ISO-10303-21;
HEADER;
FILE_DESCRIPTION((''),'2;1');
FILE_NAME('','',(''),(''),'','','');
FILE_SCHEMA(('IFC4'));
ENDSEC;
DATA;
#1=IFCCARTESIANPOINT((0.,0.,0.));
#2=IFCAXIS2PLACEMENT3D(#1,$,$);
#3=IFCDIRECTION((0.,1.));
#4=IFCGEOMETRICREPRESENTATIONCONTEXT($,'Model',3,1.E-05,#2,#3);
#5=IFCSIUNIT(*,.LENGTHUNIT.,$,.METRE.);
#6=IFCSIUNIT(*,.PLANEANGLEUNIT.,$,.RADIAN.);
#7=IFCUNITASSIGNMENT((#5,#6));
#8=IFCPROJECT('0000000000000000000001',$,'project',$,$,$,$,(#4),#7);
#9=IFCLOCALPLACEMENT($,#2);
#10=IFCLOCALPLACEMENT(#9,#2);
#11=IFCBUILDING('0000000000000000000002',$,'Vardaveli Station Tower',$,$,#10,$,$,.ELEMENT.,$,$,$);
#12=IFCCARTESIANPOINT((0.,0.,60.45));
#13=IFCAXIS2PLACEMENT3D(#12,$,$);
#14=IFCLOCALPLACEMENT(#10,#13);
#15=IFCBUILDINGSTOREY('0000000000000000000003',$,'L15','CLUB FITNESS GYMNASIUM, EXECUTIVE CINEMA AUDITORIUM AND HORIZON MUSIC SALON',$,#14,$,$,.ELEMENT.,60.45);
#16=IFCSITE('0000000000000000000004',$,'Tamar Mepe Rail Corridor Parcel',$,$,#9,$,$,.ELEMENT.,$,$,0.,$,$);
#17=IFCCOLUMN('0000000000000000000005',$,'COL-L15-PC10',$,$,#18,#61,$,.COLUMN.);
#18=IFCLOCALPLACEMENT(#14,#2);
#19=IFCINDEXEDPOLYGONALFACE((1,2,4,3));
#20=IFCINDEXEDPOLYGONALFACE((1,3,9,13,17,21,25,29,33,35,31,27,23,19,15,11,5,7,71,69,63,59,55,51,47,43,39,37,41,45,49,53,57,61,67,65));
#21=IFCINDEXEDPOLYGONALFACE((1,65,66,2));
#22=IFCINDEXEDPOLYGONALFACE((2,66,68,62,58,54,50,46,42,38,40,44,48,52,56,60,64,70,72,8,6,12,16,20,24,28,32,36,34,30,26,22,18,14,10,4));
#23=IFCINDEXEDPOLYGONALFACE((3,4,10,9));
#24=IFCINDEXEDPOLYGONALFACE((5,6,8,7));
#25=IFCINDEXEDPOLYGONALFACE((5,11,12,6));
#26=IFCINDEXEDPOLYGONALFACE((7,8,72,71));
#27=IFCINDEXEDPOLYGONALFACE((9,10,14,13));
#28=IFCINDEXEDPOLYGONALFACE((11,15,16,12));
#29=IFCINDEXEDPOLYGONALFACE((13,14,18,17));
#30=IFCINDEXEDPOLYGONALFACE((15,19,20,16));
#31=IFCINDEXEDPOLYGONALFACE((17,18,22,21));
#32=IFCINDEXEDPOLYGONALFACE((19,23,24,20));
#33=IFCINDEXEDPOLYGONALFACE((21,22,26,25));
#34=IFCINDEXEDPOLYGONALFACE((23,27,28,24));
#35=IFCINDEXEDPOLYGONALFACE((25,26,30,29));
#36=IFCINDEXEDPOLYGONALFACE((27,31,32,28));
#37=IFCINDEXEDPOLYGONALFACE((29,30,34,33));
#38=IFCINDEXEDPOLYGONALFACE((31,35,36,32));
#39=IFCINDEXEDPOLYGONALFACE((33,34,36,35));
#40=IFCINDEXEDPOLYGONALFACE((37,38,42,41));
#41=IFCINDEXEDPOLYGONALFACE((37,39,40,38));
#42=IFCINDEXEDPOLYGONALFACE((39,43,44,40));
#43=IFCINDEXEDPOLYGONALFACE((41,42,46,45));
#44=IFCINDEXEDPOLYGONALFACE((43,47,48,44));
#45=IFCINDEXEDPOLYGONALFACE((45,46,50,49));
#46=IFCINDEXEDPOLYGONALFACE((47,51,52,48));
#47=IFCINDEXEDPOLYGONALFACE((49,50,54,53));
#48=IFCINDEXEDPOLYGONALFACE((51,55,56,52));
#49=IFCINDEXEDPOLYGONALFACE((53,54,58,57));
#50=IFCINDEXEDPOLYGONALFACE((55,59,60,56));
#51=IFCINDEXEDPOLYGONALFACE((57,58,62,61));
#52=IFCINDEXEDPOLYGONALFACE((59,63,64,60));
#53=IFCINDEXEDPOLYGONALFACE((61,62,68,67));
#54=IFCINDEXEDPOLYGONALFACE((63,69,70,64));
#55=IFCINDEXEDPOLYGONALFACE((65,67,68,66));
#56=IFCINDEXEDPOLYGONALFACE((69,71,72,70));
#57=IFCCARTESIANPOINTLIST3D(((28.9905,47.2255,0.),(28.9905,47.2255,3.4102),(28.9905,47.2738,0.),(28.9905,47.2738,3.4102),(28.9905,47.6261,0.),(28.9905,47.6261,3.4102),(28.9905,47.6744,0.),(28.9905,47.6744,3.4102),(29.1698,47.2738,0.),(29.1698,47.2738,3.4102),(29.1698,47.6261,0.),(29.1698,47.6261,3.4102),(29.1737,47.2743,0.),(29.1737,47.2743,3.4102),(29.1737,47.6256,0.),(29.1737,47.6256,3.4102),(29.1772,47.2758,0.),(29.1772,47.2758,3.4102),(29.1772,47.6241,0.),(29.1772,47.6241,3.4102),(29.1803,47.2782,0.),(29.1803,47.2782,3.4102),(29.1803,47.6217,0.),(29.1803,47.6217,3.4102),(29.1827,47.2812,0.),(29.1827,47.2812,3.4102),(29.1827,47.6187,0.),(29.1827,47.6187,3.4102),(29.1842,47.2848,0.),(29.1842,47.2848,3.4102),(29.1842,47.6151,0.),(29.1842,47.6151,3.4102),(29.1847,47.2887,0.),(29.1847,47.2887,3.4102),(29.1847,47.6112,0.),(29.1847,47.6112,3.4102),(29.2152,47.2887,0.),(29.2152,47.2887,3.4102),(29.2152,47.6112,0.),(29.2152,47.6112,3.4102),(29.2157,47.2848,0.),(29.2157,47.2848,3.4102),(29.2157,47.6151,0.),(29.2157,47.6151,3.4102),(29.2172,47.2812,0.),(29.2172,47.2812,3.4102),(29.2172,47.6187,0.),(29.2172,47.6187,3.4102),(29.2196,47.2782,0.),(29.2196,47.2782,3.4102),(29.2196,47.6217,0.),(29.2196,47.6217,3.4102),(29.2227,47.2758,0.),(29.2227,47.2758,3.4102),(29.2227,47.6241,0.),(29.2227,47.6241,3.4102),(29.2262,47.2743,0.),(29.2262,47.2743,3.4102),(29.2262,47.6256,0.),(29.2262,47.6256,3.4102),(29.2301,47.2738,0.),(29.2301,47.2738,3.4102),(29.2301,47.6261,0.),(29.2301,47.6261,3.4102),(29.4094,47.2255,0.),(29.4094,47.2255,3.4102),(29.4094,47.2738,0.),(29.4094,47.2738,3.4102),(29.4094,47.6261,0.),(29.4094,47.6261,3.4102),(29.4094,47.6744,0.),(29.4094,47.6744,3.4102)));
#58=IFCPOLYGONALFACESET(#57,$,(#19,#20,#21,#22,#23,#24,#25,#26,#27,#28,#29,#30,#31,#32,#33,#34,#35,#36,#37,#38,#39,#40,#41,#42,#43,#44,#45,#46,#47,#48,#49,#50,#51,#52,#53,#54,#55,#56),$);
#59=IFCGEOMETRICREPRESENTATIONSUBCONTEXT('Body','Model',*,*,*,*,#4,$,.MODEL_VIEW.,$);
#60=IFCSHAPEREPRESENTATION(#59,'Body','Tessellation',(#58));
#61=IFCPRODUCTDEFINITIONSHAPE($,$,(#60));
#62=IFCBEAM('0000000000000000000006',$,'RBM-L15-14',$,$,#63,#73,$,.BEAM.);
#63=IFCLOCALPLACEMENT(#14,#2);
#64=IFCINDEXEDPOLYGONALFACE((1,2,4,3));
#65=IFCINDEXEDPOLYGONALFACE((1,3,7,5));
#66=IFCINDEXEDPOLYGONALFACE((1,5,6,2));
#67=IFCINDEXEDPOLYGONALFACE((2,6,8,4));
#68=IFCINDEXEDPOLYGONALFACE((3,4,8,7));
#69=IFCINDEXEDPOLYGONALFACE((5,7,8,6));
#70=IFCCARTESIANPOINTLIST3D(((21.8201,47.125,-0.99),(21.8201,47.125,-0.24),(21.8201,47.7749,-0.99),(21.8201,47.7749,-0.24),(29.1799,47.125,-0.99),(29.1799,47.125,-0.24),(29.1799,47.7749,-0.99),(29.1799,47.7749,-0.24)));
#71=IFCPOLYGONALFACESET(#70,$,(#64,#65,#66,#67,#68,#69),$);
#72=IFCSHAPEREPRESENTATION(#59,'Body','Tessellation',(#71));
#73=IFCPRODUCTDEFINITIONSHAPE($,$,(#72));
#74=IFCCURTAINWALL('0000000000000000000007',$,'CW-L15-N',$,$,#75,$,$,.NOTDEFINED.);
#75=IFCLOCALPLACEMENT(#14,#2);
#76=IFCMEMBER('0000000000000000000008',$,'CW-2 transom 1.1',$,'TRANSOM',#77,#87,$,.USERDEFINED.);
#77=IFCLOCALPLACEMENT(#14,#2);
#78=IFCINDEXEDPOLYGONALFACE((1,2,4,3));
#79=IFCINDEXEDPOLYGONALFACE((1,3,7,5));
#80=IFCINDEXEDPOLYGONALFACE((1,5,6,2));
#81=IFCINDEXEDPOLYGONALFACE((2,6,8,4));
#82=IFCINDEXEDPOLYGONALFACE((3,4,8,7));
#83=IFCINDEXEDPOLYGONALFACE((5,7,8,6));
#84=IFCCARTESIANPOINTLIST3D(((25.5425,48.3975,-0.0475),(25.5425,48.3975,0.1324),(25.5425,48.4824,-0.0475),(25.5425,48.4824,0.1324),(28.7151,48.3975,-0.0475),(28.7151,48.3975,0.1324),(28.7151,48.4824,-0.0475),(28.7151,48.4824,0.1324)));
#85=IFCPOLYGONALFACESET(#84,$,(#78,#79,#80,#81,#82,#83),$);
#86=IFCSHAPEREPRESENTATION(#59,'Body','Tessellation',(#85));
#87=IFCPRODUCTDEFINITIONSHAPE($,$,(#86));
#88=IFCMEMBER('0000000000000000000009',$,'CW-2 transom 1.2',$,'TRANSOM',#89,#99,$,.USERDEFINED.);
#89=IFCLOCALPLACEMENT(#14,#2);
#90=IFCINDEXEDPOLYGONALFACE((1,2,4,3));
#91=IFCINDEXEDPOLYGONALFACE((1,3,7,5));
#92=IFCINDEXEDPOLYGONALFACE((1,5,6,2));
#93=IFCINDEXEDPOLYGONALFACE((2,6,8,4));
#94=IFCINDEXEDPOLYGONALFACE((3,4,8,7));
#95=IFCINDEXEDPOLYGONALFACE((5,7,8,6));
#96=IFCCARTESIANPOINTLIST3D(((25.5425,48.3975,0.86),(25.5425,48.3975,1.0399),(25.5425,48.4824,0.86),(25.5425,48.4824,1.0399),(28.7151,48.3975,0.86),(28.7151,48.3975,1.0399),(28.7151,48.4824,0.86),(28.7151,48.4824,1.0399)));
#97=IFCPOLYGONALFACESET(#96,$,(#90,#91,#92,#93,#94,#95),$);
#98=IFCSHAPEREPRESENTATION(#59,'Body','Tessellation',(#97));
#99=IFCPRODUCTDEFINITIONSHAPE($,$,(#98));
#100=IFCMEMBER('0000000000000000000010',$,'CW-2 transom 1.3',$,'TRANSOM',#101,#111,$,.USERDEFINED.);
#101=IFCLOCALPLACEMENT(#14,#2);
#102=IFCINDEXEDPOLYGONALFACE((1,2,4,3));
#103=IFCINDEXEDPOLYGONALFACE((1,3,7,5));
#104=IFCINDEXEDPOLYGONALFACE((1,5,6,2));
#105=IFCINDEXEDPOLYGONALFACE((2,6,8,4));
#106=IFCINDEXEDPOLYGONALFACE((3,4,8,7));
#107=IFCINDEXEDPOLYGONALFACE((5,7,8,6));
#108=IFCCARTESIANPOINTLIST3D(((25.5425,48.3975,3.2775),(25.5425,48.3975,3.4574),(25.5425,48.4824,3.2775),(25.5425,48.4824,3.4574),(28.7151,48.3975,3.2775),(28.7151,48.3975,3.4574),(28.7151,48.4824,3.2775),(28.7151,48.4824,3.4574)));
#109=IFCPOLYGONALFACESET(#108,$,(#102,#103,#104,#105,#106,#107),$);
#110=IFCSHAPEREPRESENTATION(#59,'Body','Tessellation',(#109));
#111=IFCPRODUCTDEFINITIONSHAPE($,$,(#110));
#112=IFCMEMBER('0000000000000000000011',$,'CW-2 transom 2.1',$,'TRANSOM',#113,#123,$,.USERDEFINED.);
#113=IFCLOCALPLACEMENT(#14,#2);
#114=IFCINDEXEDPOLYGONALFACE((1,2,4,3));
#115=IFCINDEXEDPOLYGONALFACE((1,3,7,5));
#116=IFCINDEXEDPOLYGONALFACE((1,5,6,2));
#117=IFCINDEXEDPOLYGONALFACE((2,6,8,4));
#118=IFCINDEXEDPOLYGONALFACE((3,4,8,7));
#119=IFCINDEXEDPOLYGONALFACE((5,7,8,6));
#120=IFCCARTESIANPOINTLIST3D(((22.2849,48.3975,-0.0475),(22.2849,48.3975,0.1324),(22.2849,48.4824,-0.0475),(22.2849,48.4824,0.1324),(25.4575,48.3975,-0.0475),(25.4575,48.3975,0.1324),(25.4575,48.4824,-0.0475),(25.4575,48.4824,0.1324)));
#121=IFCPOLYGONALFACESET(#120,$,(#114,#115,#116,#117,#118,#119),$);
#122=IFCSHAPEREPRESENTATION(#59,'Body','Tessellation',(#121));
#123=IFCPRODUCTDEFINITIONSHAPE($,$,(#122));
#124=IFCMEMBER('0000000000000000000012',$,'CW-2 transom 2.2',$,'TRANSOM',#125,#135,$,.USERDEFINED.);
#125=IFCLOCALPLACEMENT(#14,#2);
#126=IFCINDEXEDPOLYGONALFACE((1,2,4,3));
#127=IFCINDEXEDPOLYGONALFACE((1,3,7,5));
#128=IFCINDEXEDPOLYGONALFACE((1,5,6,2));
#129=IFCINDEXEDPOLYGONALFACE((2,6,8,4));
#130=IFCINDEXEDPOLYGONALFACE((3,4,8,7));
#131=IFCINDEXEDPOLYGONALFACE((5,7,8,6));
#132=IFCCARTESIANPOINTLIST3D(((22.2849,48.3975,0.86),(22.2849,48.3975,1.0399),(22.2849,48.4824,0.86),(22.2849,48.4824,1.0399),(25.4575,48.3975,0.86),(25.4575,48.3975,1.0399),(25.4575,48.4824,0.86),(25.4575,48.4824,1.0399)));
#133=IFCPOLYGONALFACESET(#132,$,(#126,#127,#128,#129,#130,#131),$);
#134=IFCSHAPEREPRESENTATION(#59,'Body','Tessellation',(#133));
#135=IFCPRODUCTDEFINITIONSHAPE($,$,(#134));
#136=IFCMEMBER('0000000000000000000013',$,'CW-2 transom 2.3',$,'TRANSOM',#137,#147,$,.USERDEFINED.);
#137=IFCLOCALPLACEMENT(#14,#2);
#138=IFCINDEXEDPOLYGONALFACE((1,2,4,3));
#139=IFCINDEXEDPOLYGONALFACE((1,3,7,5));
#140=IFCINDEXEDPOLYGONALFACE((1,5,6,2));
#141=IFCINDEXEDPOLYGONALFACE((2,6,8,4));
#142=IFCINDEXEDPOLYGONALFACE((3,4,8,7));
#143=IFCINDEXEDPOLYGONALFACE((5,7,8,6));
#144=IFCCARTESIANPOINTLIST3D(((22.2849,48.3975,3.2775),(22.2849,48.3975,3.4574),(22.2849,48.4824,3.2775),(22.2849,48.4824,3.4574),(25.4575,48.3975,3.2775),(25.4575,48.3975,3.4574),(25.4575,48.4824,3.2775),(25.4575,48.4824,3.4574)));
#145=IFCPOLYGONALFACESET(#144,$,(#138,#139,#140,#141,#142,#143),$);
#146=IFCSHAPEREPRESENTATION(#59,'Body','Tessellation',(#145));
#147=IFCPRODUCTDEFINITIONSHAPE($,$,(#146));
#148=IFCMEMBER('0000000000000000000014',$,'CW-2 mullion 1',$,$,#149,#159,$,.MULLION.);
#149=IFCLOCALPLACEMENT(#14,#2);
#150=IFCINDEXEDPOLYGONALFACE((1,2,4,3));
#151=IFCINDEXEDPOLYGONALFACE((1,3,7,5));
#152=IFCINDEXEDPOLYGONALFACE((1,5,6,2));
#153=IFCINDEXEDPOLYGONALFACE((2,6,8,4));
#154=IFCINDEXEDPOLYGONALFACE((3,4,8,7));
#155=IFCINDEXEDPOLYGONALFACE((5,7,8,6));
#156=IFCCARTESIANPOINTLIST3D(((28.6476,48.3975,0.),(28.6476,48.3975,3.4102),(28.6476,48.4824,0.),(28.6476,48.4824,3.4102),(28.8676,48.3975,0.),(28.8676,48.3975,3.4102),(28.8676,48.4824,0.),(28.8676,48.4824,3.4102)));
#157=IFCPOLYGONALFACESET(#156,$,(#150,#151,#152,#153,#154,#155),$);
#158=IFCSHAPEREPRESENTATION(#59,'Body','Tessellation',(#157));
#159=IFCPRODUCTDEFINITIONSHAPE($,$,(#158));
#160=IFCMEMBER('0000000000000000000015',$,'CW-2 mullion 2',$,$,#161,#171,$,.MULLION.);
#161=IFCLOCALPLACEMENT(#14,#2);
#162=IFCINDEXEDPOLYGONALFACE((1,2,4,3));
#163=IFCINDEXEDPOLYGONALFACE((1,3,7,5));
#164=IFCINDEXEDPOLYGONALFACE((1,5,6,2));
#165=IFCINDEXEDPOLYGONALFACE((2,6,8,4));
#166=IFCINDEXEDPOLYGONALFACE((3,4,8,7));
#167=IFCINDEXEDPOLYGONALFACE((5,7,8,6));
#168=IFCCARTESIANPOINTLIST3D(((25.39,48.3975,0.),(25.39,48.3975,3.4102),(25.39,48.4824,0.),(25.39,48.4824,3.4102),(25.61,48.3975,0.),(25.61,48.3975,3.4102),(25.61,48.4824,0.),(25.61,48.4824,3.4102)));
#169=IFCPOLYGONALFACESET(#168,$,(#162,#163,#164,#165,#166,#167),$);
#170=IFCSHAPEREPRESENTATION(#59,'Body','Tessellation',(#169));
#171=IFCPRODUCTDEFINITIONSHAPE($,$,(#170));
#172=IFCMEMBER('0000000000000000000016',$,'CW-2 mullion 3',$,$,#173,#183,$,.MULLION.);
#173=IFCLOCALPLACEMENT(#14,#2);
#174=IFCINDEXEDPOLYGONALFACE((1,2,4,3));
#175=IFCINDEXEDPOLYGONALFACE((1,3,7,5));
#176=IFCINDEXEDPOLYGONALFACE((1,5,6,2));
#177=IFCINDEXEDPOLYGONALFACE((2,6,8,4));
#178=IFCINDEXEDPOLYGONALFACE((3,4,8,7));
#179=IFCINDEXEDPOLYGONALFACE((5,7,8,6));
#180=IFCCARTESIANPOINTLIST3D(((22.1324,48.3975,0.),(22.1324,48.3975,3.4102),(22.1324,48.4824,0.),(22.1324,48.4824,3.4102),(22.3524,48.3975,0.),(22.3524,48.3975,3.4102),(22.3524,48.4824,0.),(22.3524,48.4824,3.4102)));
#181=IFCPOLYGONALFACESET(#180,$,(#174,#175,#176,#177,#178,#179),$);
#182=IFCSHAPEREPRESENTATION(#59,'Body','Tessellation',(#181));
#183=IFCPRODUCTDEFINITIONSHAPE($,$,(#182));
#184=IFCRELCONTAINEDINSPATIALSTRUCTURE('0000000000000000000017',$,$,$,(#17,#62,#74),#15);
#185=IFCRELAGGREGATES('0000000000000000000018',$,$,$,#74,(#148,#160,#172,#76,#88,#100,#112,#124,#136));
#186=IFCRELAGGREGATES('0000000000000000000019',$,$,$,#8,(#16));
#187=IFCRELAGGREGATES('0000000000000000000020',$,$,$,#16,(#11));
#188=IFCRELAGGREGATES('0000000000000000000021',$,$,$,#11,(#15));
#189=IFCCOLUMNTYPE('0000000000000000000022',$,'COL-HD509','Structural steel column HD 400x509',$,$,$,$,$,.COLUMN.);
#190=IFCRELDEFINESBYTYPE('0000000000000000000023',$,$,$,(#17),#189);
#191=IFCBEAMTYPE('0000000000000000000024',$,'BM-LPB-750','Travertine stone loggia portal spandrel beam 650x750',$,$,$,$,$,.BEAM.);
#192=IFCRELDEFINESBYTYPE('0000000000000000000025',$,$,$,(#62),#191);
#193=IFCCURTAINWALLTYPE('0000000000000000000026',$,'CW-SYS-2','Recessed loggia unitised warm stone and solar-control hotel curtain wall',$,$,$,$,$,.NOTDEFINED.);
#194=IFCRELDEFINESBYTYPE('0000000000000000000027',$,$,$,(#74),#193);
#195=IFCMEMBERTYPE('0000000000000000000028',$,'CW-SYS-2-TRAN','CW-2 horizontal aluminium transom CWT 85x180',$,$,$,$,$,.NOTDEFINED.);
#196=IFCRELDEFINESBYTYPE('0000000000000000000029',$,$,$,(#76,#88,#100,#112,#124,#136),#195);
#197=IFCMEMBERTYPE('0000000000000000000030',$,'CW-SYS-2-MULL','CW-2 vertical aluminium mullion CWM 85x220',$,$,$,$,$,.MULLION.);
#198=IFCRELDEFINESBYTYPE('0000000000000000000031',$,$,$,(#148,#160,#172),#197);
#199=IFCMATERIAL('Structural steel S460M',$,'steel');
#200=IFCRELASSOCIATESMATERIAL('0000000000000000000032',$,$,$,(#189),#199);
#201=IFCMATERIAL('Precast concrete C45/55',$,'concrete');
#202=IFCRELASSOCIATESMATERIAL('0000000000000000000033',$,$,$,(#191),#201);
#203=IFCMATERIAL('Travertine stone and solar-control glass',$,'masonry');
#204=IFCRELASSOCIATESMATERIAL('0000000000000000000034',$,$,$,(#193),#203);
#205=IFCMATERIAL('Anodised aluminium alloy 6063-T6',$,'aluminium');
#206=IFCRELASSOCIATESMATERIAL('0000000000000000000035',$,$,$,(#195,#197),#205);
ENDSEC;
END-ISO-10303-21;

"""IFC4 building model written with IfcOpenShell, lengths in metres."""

from ifc_helpers import new_model, si_unit, direction, frame, origin, origin_2d, place, context, subcontext, project, spatial, rectangle, i_section, extrude, source, transform, mapped, material, material_profile, profile_set, type_object, element, aggregate, save


model = new_model("IFC4")

# Units and contexts
model_context = context("Model", 3, precision=1e-05, world=origin(), true_north=direction((0.0, 1.0)))
body_context = subcontext(model_context, "Body", "Model", "MODEL_VIEW")
ifc_project = project(units=[si_unit("LENGTHUNIT", "METRE"), si_unit("PLANEANGLEUNIT", "RADIAN")], contexts=[model_context])

# Site, building, storey
site_placement = place(None, origin())
site = spatial("IfcSite", under=ifc_project, at=site_placement, Name="Tamar Mepe Rail Corridor Parcel", CompositionType="ELEMENT", RefElevation=0.0)
building_placement = place(site_placement, origin())
building = spatial("IfcBuilding", under=site, at=building_placement, Name="Vardaveli Station Tower", CompositionType="ELEMENT")
storey_placement = place(building_placement, frame((0.0, 0.0, 60.45)))
storey = spatial("IfcBuildingStorey", under=building, at=storey_placement, Name="L15", Description="CLUB FITNESS GYMNASIUM, EXECUTIVE CINEMA AUDITORIUM AND HORIZON MUSIC SALON", CompositionType="ELEMENT", Elevation=60.45)

# Column
ifc_material_1 = material(Name="Structural steel S460M", Category="steel")
ifc_material_profile_1 = material_profile(ifc_material_1, i_section(OverallWidth=0.4189, OverallDepth=0.449, WebThickness=0.0305, FlangeThickness=0.0483, FilletRadius=0.0149, at=origin_2d()), Name="HD 400x509")
ifc_profile_set_1 = profile_set([ifc_material_profile_1], Name="Structural steel S460M")
column_type = type_object("IfcColumnType", Name="COL-HD509", Description="Structural steel column HD 400x509", PredefinedType="COLUMN", material=ifc_profile_set_1)
shared_shape_1 = source(origin(), body_context, "Body", "SweptSolid", [
    extrude(i_section(OverallWidth=0.4189, OverallDepth=0.449, WebThickness=0.0305, FlangeThickness=0.0483, FilletRadius=0.0149, at=origin_2d()), origin(), (0.0, 0.0, 1.0), 3.4102),
])
column_placement = place(storey_placement, frame((29.2, 47.45, 0.0), z_axis=(0.0, 0.0, 1.0), x_axis=(1.0, 0.0, 0.0)))
element("IfcColumn", 1, at=column_placement, inside=storey, type_object=column_type, Name="COL-L15-PC10", PredefinedType="COLUMN", context=body_context, shape_type="MappedRepresentation", body=[
    mapped(shared_shape_1, transform((0.0, 0.0, 0.0), scale=1.0)),
])

# Beam
ifc_material_2 = material(Name="Precast concrete C45/55", Category="concrete")
ifc_material_profile_2 = material_profile(ifc_material_2, rectangle(XDim=0.6499, YDim=0.75, at=origin_2d()), Name="LPB 650x750")
ifc_profile_set_2 = profile_set([ifc_material_profile_2], Name="Precast concrete C45/55")
beam_type = type_object("IfcBeamType", Name="BM-LPB-750", Description="Travertine stone loggia portal spandrel beam 650x750", PredefinedType="BEAM", material=ifc_profile_set_2)
shared_shape_2 = source(origin(), body_context, "Body", "SweptSolid", [
    extrude(rectangle(XDim=0.6499, YDim=0.75, at=origin_2d()), origin(), (0.0, 0.0, 1.0), 7.3599),
])
beam_placement = place(storey_placement, frame((29.1799, 47.45, -0.615), z_axis=(-1.0, 0.0, 0.0), x_axis=(0.0, -1.0, 0.0)))
element("IfcBeam", 2, at=beam_placement, inside=storey, type_object=beam_type, Name="RBM-L15-14", PredefinedType="BEAM", context=body_context, shape_type="MappedRepresentation", body=[
    mapped(shared_shape_2, transform((0.0, 0.0, 0.0), scale=1.0)),
])

# Curtain wall, members
ifc_material_3 = material(Name="Travertine stone and solar-control glass", Category="masonry")
curtain_wall_type = type_object("IfcCurtainWallType", Name="CW-SYS-2", Description="Recessed loggia unitised warm stone and solar-control hotel curtain wall", PredefinedType="NOTDEFINED", material=ifc_material_3)
curtain_wall_placement = place(storey_placement, origin())
curtain_wall = element("IfcCurtainWall", 3, at=curtain_wall_placement, inside=storey, type_object=curtain_wall_type, Name="CW-L15-N", PredefinedType="NOTDEFINED")
ifc_material_4 = material(Name="Anodised aluminium alloy 6063-T6", Category="aluminium")
ifc_material_profile_3 = material_profile(ifc_material_4, rectangle(XDim=0.085, YDim=0.1799, at=origin_2d()), Name="CWT 85x180")
ifc_profile_set_3 = profile_set([ifc_material_profile_3], Name="Anodised aluminium alloy 6063-T6")
member_type_1 = type_object("IfcMemberType", Name="CW-SYS-2-TRAN", Description="CW-2 horizontal aluminium transom CWT 85x180", PredefinedType="NOTDEFINED", material=ifc_profile_set_3)
shared_shape_3 = source(origin(), body_context, "Body", "SweptSolid", [
    extrude(rectangle(XDim=0.085, YDim=0.1799, at=origin_2d()), origin(), (0.0, 0.0, 1.0), 3.1726),
])
member_1_placement = place(storey_placement, frame((28.7151, 48.4399, 0.0425), z_axis=(-1.0, 0.0, 0.0), x_axis=(0.0, -1.0, 0.0)))
member_1 = element("IfcMember", 4, at=member_1_placement, type_object=member_type_1, Name="CW-2 transom 1.1", ObjectType="TRANSOM", PredefinedType="USERDEFINED", context=body_context, shape_type="MappedRepresentation", body=[
    mapped(shared_shape_3, transform((0.0, 0.0, 0.0), scale=1.0)),
])
member_2_placement = place(storey_placement, frame((28.7151, 48.4399, 0.95), z_axis=(-1.0, 0.0, 0.0), x_axis=(0.0, -1.0, 0.0)))
member_2 = element("IfcMember", 5, at=member_2_placement, type_object=member_type_1, Name="CW-2 transom 1.2", ObjectType="TRANSOM", PredefinedType="USERDEFINED", context=body_context, shape_type="MappedRepresentation", body=[
    mapped(shared_shape_3, transform((0.0, 0.0, 0.0), scale=1.0)),
])
member_3_placement = place(storey_placement, frame((28.7151, 48.4399, 3.3674), z_axis=(-1.0, 0.0, 0.0), x_axis=(0.0, -1.0, 0.0)))
member_3 = element("IfcMember", 6, at=member_3_placement, type_object=member_type_1, Name="CW-2 transom 1.3", ObjectType="TRANSOM", PredefinedType="USERDEFINED", context=body_context, shape_type="MappedRepresentation", body=[
    mapped(shared_shape_3, transform((0.0, 0.0, 0.0), scale=1.0)),
])
member_4_placement = place(storey_placement, frame((25.4575, 48.4399, 0.0425), z_axis=(-1.0, 0.0, 0.0), x_axis=(0.0, -1.0, 0.0)))
member_4 = element("IfcMember", 7, at=member_4_placement, type_object=member_type_1, Name="CW-2 transom 2.1", ObjectType="TRANSOM", PredefinedType="USERDEFINED", context=body_context, shape_type="MappedRepresentation", body=[
    mapped(shared_shape_3, transform((0.0, 0.0, 0.0), scale=1.0)),
])
member_5_placement = place(storey_placement, frame((25.4575, 48.4399, 0.95), z_axis=(-1.0, 0.0, 0.0), x_axis=(0.0, -1.0, 0.0)))
member_5 = element("IfcMember", 8, at=member_5_placement, type_object=member_type_1, Name="CW-2 transom 2.2", ObjectType="TRANSOM", PredefinedType="USERDEFINED", context=body_context, shape_type="MappedRepresentation", body=[
    mapped(shared_shape_3, transform((0.0, 0.0, 0.0), scale=1.0)),
])
member_6_placement = place(storey_placement, frame((25.4575, 48.4399, 3.3674), z_axis=(-1.0, 0.0, 0.0), x_axis=(0.0, -1.0, 0.0)))
member_6 = element("IfcMember", 9, at=member_6_placement, type_object=member_type_1, Name="CW-2 transom 2.3", ObjectType="TRANSOM", PredefinedType="USERDEFINED", context=body_context, shape_type="MappedRepresentation", body=[
    mapped(shared_shape_3, transform((0.0, 0.0, 0.0), scale=1.0)),
])
ifc_material_profile_4 = material_profile(ifc_material_4, rectangle(XDim=0.085, YDim=0.22, at=origin_2d()), Name="CWM 85x220")
ifc_profile_set_4 = profile_set([ifc_material_profile_4], Name="Anodised aluminium alloy 6063-T6")
member_type_2 = type_object("IfcMemberType", Name="CW-SYS-2-MULL", Description="CW-2 vertical aluminium mullion CWM 85x220", PredefinedType="MULLION", material=ifc_profile_set_4)
shared_shape_4 = source(origin(), body_context, "Body", "SweptSolid", [
    extrude(rectangle(XDim=0.085, YDim=0.22, at=origin_2d()), origin(), (0.0, 0.0, 1.0), 3.4102),
])
member_7_placement = place(storey_placement, frame((28.7576, 48.4399, 0.0), z_axis=(0.0, 0.0, 1.0), x_axis=(0.0, -1.0, 0.0)))
member_7 = element("IfcMember", 10, at=member_7_placement, type_object=member_type_2, Name="CW-2 mullion 1", PredefinedType="MULLION", context=body_context, shape_type="MappedRepresentation", body=[
    mapped(shared_shape_4, transform((0.0, 0.0, 0.0), scale=1.0)),
])
member_8_placement = place(storey_placement, frame((25.5, 48.4399, 0.0), z_axis=(0.0, 0.0, 1.0), x_axis=(0.0, -1.0, 0.0)))
member_8 = element("IfcMember", 11, at=member_8_placement, type_object=member_type_2, Name="CW-2 mullion 2", PredefinedType="MULLION", context=body_context, shape_type="MappedRepresentation", body=[
    mapped(shared_shape_4, transform((0.0, 0.0, 0.0), scale=1.0)),
])
member_9_placement = place(storey_placement, frame((22.2424, 48.4399, 0.0), z_axis=(0.0, 0.0, 1.0), x_axis=(0.0, -1.0, 0.0)))
member_9 = element("IfcMember", 12, at=member_9_placement, type_object=member_type_2, Name="CW-2 mullion 3", PredefinedType="MULLION", context=body_context, shape_type="MappedRepresentation", body=[
    mapped(shared_shape_4, transform((0.0, 0.0, 0.0), scale=1.0)),
])
aggregate(curtain_wall, [member_7, member_8, member_9, member_1, member_2, member_3, member_4, member_5, member_6])

save(model, "model.ifc")
